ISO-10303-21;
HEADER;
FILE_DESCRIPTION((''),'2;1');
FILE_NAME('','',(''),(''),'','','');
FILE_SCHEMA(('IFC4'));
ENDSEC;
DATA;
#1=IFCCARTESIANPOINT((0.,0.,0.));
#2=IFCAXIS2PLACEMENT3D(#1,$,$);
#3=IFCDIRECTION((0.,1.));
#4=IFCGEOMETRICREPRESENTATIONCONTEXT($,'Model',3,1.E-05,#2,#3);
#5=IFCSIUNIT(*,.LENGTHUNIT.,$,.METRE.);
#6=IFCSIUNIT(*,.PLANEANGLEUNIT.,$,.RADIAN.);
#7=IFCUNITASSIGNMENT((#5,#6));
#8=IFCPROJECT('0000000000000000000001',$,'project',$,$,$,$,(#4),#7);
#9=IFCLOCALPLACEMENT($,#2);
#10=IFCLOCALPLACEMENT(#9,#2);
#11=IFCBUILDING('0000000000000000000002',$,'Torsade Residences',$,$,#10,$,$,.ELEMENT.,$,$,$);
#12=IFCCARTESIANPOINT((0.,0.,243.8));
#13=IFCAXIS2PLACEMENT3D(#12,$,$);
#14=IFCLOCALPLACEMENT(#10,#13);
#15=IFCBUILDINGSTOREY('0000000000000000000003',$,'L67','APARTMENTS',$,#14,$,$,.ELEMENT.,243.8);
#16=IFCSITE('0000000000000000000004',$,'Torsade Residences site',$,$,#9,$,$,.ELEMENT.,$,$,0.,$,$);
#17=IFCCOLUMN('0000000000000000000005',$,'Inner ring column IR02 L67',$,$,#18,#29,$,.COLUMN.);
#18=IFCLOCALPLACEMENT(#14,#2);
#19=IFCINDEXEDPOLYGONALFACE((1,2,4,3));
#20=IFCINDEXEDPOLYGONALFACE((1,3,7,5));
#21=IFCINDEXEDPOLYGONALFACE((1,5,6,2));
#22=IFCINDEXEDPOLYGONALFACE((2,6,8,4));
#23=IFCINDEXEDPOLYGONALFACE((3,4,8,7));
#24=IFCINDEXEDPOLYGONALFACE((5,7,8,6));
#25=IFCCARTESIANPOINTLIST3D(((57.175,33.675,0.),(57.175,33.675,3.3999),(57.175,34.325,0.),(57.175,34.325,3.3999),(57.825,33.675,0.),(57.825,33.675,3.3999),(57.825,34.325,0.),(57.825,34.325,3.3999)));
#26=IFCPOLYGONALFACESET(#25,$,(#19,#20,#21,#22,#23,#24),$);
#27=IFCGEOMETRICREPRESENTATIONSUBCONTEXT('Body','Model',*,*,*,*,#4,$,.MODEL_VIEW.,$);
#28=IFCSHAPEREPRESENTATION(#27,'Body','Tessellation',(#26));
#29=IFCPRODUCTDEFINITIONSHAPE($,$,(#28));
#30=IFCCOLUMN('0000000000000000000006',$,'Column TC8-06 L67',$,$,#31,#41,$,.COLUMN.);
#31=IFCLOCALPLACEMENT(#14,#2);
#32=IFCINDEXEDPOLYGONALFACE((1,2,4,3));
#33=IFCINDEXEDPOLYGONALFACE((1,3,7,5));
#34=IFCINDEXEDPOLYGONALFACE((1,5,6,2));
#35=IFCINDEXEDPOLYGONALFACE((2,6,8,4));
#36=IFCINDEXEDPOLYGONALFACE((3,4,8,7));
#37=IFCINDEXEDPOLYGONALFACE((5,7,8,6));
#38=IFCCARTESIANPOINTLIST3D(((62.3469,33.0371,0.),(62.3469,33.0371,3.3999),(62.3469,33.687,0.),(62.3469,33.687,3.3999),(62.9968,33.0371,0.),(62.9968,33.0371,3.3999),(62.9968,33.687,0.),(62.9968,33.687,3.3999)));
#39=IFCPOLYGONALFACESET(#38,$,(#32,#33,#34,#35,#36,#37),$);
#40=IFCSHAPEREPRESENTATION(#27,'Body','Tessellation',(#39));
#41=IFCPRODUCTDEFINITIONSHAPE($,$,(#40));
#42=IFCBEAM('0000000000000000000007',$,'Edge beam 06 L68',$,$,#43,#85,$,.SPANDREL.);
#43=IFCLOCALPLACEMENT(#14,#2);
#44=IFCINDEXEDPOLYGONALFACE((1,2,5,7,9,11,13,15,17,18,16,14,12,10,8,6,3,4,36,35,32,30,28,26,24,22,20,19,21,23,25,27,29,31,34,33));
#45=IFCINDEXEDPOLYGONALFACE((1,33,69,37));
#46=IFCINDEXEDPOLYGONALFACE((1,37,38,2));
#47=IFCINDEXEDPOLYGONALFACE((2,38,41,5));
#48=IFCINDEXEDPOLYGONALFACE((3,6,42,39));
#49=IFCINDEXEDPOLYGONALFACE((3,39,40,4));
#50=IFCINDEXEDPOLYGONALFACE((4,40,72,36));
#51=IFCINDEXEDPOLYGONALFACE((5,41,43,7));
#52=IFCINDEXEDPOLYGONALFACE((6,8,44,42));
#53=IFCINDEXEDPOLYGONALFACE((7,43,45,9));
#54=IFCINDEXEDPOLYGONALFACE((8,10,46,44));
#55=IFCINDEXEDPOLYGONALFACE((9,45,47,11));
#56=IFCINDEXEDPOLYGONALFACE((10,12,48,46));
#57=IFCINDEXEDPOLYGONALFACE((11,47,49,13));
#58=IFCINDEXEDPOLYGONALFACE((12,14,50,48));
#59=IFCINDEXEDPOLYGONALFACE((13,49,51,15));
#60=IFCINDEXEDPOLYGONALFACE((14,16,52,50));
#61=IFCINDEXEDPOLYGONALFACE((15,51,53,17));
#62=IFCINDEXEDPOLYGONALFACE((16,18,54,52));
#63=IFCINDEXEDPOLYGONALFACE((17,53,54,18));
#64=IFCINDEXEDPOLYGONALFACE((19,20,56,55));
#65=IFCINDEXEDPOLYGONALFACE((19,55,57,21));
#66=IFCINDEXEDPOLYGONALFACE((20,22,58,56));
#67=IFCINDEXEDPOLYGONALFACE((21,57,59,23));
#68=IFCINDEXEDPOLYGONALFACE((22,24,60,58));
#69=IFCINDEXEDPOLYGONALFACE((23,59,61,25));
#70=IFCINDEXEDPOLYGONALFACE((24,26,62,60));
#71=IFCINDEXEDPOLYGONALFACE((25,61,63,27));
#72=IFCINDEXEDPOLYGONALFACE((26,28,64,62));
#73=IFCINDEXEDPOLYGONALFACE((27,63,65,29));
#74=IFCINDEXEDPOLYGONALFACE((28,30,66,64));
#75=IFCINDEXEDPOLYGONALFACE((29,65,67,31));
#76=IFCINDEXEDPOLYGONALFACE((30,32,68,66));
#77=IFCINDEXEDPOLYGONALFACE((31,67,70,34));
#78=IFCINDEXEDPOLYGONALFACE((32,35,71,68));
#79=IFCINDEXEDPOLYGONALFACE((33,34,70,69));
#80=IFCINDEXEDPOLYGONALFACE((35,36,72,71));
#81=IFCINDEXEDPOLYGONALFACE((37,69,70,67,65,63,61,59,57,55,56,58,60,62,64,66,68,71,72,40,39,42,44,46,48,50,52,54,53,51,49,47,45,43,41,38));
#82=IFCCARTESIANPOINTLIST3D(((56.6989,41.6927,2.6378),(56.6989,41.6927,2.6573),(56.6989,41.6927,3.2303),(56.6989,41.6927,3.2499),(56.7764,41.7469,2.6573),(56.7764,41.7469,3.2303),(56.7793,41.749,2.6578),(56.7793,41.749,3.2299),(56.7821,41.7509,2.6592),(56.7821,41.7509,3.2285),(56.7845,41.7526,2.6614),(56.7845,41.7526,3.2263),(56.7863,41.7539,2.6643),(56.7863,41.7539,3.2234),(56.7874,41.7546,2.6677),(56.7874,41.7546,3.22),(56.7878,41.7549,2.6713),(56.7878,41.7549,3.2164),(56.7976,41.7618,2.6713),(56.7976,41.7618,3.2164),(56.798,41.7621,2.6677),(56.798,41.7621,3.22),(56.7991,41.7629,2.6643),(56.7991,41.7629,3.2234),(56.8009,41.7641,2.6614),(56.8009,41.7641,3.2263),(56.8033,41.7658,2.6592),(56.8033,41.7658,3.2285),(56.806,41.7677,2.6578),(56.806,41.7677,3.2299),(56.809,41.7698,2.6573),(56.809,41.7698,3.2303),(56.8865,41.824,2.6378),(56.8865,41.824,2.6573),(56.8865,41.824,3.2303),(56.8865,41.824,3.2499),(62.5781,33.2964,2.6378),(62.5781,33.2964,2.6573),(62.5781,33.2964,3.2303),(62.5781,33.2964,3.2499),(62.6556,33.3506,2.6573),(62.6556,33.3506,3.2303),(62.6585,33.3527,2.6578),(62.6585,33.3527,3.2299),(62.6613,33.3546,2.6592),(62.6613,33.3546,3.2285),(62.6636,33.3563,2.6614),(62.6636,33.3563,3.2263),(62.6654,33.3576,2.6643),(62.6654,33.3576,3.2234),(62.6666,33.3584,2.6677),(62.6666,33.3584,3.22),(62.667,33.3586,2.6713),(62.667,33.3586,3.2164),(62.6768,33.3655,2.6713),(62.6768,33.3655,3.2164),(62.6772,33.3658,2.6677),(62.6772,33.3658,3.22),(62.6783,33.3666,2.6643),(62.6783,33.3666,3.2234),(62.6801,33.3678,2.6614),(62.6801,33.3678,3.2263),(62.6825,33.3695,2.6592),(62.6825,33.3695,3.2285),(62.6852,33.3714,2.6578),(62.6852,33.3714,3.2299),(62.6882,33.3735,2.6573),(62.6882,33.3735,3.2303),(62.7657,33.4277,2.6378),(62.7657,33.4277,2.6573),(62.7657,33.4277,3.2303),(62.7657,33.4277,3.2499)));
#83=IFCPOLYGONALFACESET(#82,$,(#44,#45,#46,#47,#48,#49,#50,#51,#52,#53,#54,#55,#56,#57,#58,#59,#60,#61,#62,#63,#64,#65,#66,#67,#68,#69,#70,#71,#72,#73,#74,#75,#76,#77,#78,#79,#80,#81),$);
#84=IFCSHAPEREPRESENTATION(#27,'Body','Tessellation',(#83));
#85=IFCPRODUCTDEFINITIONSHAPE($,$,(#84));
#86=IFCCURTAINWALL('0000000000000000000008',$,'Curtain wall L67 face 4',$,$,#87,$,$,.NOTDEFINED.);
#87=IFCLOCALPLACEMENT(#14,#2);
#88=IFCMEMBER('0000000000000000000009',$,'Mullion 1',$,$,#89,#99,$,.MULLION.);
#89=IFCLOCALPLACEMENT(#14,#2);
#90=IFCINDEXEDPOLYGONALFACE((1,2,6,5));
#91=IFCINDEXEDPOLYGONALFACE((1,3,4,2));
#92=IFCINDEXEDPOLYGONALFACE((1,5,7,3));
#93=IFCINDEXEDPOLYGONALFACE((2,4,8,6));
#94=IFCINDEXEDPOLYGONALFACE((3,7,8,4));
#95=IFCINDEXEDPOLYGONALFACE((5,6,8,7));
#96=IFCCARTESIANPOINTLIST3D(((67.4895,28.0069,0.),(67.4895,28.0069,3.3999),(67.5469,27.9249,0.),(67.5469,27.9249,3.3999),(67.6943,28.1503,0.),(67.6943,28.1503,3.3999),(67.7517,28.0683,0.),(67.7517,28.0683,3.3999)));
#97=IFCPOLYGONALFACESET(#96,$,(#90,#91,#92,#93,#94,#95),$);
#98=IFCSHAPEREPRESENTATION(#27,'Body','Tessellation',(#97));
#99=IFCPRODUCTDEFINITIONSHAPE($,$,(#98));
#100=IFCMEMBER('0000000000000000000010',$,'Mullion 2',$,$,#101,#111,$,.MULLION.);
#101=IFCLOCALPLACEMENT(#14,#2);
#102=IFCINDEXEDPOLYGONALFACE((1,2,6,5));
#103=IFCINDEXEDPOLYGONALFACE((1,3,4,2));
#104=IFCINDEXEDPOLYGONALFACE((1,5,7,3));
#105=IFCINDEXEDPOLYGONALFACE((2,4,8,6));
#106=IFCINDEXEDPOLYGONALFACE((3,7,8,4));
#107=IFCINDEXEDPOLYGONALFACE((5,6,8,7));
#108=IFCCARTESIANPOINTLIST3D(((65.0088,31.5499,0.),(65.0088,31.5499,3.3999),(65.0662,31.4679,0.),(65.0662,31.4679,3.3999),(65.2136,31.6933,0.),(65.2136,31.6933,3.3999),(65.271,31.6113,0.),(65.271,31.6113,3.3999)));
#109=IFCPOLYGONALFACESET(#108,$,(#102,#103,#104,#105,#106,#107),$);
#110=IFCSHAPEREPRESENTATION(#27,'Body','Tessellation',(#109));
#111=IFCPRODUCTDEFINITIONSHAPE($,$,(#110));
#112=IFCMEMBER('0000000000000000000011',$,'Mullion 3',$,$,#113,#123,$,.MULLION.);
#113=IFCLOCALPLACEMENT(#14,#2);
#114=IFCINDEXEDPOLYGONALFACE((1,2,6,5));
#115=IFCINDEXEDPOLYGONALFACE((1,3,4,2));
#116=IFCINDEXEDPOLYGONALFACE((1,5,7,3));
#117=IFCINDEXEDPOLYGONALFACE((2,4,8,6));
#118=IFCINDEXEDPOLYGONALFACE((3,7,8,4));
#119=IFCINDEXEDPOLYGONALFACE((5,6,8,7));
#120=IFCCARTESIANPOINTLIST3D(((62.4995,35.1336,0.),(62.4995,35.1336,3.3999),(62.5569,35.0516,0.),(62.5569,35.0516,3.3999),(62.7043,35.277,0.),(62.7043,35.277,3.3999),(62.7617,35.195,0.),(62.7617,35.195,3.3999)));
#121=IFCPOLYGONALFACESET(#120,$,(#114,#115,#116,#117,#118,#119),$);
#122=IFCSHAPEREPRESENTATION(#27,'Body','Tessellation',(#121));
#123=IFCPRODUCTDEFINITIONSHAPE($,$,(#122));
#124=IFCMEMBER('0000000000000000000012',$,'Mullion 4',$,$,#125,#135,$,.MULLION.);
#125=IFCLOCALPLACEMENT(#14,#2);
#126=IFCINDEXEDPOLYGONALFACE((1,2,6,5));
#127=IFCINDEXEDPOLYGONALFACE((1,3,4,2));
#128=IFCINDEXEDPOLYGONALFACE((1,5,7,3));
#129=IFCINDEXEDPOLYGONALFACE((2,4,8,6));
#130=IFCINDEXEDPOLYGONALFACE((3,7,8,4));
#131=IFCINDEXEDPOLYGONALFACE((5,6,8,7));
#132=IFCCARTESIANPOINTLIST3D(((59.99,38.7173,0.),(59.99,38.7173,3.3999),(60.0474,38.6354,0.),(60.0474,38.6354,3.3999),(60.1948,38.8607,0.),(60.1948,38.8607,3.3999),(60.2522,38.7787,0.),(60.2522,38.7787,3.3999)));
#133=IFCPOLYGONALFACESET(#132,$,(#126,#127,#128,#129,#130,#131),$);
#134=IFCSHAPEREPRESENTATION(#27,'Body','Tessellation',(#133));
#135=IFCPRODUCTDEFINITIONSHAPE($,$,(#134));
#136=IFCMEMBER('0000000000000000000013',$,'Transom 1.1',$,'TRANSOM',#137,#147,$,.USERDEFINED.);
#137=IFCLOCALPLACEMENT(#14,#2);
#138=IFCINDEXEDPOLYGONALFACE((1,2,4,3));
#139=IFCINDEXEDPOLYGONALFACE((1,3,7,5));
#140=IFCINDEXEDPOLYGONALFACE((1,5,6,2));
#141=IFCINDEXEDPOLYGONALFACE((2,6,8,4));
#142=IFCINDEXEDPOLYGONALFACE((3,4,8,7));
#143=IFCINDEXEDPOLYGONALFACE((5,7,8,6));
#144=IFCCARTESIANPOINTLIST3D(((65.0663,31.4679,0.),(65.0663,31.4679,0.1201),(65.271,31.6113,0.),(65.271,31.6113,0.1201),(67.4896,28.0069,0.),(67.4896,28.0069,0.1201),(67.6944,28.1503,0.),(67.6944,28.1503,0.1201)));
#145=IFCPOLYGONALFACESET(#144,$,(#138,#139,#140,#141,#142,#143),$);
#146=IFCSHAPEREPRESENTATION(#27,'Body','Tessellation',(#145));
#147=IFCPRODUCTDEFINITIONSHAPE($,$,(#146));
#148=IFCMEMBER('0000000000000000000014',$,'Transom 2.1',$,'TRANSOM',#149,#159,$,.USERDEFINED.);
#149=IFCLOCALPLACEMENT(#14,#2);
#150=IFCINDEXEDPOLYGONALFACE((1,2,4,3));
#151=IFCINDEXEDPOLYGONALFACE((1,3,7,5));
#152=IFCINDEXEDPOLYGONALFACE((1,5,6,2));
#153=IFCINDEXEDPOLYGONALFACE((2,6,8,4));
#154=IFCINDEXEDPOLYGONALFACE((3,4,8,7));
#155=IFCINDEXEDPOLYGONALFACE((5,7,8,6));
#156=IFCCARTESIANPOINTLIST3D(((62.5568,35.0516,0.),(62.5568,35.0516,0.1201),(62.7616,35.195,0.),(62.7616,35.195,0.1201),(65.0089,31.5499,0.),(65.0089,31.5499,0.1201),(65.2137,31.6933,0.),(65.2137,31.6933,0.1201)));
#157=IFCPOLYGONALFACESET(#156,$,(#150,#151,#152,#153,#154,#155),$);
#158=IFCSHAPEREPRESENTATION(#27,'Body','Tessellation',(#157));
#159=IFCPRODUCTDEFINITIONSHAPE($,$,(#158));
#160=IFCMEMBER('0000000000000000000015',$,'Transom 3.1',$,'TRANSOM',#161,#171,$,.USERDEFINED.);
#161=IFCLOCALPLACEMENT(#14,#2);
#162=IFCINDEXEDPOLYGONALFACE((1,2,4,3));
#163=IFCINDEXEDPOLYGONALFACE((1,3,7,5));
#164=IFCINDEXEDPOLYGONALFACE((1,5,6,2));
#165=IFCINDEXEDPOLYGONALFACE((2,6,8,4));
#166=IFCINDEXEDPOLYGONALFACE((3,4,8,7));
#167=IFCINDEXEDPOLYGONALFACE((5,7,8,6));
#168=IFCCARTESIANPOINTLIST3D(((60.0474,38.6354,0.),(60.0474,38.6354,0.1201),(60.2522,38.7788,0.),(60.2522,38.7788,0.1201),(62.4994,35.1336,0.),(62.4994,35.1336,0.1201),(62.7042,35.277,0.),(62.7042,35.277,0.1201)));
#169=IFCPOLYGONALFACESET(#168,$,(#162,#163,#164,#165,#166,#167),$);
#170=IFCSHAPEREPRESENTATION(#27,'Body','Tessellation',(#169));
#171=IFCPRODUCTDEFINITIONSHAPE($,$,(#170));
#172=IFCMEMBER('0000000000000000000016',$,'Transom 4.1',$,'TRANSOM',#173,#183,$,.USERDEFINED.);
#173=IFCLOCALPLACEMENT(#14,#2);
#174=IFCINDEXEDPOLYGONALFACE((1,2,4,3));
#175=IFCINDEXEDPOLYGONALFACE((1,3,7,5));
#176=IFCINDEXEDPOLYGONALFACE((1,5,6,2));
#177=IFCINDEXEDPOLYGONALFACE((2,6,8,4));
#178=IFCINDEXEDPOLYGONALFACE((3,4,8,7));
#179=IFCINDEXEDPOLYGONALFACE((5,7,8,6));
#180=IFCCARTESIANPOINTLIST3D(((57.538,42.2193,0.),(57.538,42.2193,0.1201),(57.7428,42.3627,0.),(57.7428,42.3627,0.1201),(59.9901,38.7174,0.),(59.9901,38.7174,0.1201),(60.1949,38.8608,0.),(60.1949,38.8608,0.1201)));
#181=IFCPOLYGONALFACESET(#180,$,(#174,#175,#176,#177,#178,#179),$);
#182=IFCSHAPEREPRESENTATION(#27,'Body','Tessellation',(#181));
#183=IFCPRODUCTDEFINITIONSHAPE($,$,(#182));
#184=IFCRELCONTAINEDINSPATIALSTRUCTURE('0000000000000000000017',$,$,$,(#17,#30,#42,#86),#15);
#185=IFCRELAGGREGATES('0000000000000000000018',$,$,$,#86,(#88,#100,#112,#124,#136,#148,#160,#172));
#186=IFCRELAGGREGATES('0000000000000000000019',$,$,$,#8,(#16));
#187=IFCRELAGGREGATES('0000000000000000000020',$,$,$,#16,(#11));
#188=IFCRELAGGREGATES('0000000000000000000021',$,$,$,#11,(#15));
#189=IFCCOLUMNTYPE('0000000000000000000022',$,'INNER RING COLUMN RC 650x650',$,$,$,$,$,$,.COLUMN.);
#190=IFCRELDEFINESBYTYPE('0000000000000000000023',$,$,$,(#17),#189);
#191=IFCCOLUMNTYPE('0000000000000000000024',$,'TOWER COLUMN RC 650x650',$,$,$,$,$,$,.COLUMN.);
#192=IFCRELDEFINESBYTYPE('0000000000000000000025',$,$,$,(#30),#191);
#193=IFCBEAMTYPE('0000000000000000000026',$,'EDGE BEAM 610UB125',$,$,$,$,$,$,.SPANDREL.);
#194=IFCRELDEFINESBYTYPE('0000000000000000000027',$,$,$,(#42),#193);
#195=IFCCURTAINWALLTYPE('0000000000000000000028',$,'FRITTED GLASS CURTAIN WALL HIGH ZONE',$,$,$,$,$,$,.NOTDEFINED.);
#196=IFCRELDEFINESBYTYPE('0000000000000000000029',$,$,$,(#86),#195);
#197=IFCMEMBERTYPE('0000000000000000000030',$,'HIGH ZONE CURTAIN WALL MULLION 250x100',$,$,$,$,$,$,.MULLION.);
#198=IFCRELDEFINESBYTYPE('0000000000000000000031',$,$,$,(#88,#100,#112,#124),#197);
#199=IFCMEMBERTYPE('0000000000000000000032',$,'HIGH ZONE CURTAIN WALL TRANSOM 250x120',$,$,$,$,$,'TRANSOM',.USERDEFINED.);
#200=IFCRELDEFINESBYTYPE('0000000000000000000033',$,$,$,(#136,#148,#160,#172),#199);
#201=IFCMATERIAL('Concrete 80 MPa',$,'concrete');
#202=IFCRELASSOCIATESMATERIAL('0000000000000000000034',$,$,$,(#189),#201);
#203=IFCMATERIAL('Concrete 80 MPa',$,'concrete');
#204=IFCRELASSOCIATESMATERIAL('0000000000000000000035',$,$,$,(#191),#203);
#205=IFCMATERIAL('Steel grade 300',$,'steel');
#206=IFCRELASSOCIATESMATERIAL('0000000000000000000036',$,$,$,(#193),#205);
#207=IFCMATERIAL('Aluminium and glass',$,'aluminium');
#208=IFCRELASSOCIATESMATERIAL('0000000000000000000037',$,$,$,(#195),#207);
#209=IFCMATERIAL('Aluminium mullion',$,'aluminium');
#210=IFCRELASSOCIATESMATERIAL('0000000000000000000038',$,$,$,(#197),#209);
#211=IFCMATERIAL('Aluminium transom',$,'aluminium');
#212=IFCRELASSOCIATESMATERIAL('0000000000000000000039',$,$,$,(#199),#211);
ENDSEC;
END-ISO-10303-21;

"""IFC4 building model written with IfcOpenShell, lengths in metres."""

from ifc_helpers import new_model, si_unit, direction, frame, origin, origin_2d, place, context, subcontext, project, spatial, rectangle, i_section, extrude, material, material_profile, profile_set, type_object, element, aggregate, save


model = new_model("IFC4")

# Units and contexts
model_context = context("Model", 3, precision=1e-05, world=origin(), true_north=direction((0.0, 1.0)))
body_context = subcontext(model_context, "Body", "Model", "MODEL_VIEW")
ifc_project = project(units=[si_unit("LENGTHUNIT", "METRE"), si_unit("PLANEANGLEUNIT", "RADIAN")], contexts=[model_context])

# Site, building, storey
site_placement = place(None, origin())
site = spatial("IfcSite", under=ifc_project, at=site_placement, Name="Torsade Residences site", CompositionType="ELEMENT", RefElevation=0.0)
building_placement = place(site_placement, origin())
building = spatial("IfcBuilding", under=site, at=building_placement, Name="Torsade Residences", CompositionType="ELEMENT")
storey_placement = place(building_placement, frame((0.0, 0.0, 243.8)))
storey = spatial("IfcBuildingStorey", under=building, at=storey_placement, Name="L67", Description="APARTMENTS", CompositionType="ELEMENT", Elevation=243.8)

# Columns
ifc_material_1 = material(Name="Concrete 80 MPa", Category="concrete")
ifc_material_profile_1 = material_profile(ifc_material_1, rectangle(XDim=0.6499, YDim=0.6499, at=origin_2d()), Name="RC 650x650")
ifc_profile_set_1 = profile_set([ifc_material_profile_1], Name="Concrete 80 MPa")
column_type_1 = type_object("IfcColumnType", Name="INNER RING COLUMN RC 650x650", PredefinedType="COLUMN", material=ifc_profile_set_1)
column_1_placement = place(storey_placement, frame((57.5, 34.0, 0.0), z_axis=(0.0, 0.0, 1.0), x_axis=(1.0, 0.0, 0.0)))
element("IfcColumn", 1, at=column_1_placement, inside=storey, type_object=column_type_1, Name="Inner ring column IR02 L67", PredefinedType="COLUMN", context=body_context, shape_type="SweptSolid", body=[
    extrude(rectangle(XDim=0.6499, YDim=0.6499, at=origin_2d()), origin(), (0.0, 0.0, 1.0), 3.3999),
])
ifc_material_2 = material(Name="Concrete 80 MPa", Category="concrete")
ifc_material_profile_2 = material_profile(ifc_material_2, rectangle(XDim=0.6499, YDim=0.6499, at=origin_2d()), Name="RC 650x650")
ifc_profile_set_2 = profile_set([ifc_material_profile_2], Name="Concrete 80 MPa")
column_type_2 = type_object("IfcColumnType", Name="TOWER COLUMN RC 650x650", PredefinedType="COLUMN", material=ifc_profile_set_2)
column_2_placement = place(storey_placement, frame((62.6719, 33.3621, 0.0), z_axis=(0.0, 0.0, 1.0), x_axis=(1.0, 0.0, 0.0)))
element("IfcColumn", 2, at=column_2_placement, inside=storey, type_object=column_type_2, Name="Column TC8-06 L67", PredefinedType="COLUMN", context=body_context, shape_type="SweptSolid", body=[
    extrude(rectangle(XDim=0.6499, YDim=0.6499, at=origin_2d()), origin(), (0.0, 0.0, 1.0), 3.3999),
])

# Beam
ifc_material_3 = material(Name="Steel grade 300", Category="steel")
ifc_material_profile_3 = material_profile(ifc_material_3, i_section(OverallWidth=0.229, OverallDepth=0.6121, WebThickness=0.012, FlangeThickness=0.0195, FilletRadius=0.0139, at=origin_2d()), Name="610UB125")
ifc_profile_set_3 = profile_set([ifc_material_profile_3], Name="Steel grade 300")
beam_type_1 = type_object("IfcBeamType", Name="EDGE BEAM 610UB125", PredefinedType="SPANDREL", material=ifc_profile_set_3)
beam_1_placement = place(storey_placement, frame((62.6719, 33.3621, 2.9438), z_axis=(-0.573579, 0.81915, 0.0), x_axis=(-0.81915, -0.573579, 0.0)))
element("IfcBeam", 3, at=beam_1_placement, inside=storey, type_object=beam_type_1, Name="Edge beam 06 L68", PredefinedType="SPANDREL", context=body_context, shape_type="SweptSolid", body=[
    extrude(i_section(OverallWidth=0.229, OverallDepth=0.6121, WebThickness=0.012, FlangeThickness=0.0195, FilletRadius=0.0139, at=origin_2d()), origin(), (0.0, 0.0, 1.0), 10.25),
])

# Curtain wall, members
ifc_material_4 = material(Name="Aluminium and glass", Category="aluminium")
curtain_wall_type = type_object("IfcCurtainWallType", Name="FRITTED GLASS CURTAIN WALL HIGH ZONE", PredefinedType="NOTDEFINED", material=ifc_material_4)
curtain_wall_placement = place(storey_placement, origin())
curtain_wall = element("IfcCurtainWall", 4, at=curtain_wall_placement, inside=storey, type_object=curtain_wall_type, Name="Curtain wall L67 face 4", PredefinedType="NOTDEFINED")
ifc_material_5 = material(Name="Aluminium mullion", Category="aluminium")
ifc_material_profile_4 = material_profile(ifc_material_5, rectangle(XDim=0.25, YDim=0.1001, at=origin_2d()), Name="HIGH ZONE CURTAIN WALL MULLION 250x100")
ifc_profile_set_4 = profile_set([ifc_material_profile_4], Name="Aluminium mullion")
member_type_1 = type_object("IfcMemberType", Name="HIGH ZONE CURTAIN WALL MULLION 250x100", PredefinedType="MULLION", material=ifc_profile_set_4)
member_1_placement = place(storey_placement, frame((67.6206, 28.0376, 0.0), z_axis=(0.0, 0.0, 1.0), x_axis=(-0.819152, -0.573576, 0.0)))
member_1 = element("IfcMember", 5, at=member_1_placement, type_object=member_type_1, Name="Mullion 1", PredefinedType="MULLION", context=body_context, shape_type="SweptSolid", body=[
    extrude(rectangle(XDim=0.25, YDim=0.1001, at=origin_2d()), origin(), (0.0, 0.0, 1.0), 3.3999),
])
member_2_placement = place(storey_placement, frame((65.1399, 31.5806, 0.0), z_axis=(0.0, 0.0, 1.0), x_axis=(-0.819152, -0.573576, 0.0)))
member_2 = element("IfcMember", 6, at=member_2_placement, type_object=member_type_1, Name="Mullion 2", PredefinedType="MULLION", context=body_context, shape_type="SweptSolid", body=[
    extrude(rectangle(XDim=0.25, YDim=0.1001, at=origin_2d()), origin(), (0.0, 0.0, 1.0), 3.3999),
])
member_3_placement = place(storey_placement, frame((62.6306, 35.1643, 0.0), z_axis=(0.0, 0.0, 1.0), x_axis=(-0.819152, -0.573576, 0.0)))
member_3 = element("IfcMember", 7, at=member_3_placement, type_object=member_type_1, Name="Mullion 3", PredefinedType="MULLION", context=body_context, shape_type="SweptSolid", body=[
    extrude(rectangle(XDim=0.25, YDim=0.1001, at=origin_2d()), origin(), (0.0, 0.0, 1.0), 3.3999),
])
member_4_placement = place(storey_placement, frame((60.1211, 38.748, 0.0), z_axis=(0.0, 0.0, 1.0), x_axis=(-0.819152, -0.573576, 0.0)))
member_4 = element("IfcMember", 8, at=member_4_placement, type_object=member_type_1, Name="Mullion 4", PredefinedType="MULLION", context=body_context, shape_type="SweptSolid", body=[
    extrude(rectangle(XDim=0.25, YDim=0.1001, at=origin_2d()), origin(), (0.0, 0.0, 1.0), 3.3999),
])
ifc_material_6 = material(Name="Aluminium transom", Category="aluminium")
ifc_material_profile_5 = material_profile(ifc_material_6, rectangle(XDim=0.25, YDim=0.1201, at=origin_2d()), Name="HIGH ZONE CURTAIN WALL TRANSOM 250x120")
ifc_profile_set_5 = profile_set([ifc_material_profile_5], Name="Aluminium transom")
member_type_2 = type_object("IfcMemberType", Name="HIGH ZONE CURTAIN WALL TRANSOM 250x120", ElementType="TRANSOM", PredefinedType="USERDEFINED", material=ifc_profile_set_5)
member_5_placement = place(storey_placement, frame((67.592, 28.0786, 0.0601), z_axis=(-0.573571, 0.819156, 0.0), x_axis=(-0.819156, -0.573571, 0.0)))
member_5 = element("IfcMember", 9, at=member_5_placement, type_object=member_type_2, Name="Transom 1.1", ObjectType="TRANSOM", PredefinedType="USERDEFINED", context=body_context, shape_type="SweptSolid", body=[
    extrude(rectangle(XDim=0.25, YDim=0.1201, at=origin_2d()), origin(), (0.0, 0.0, 1.0), 4.2251),
])
member_6_placement = place(storey_placement, frame((65.1113, 31.6216, 0.0601), z_axis=(-0.573612, 0.819127, 0.0), x_axis=(-0.819127, -0.573612, 0.0)))
member_6 = element("IfcMember", 10, at=member_6_placement, type_object=member_type_2, Name="Transom 2.1", ObjectType="TRANSOM", PredefinedType="USERDEFINED", context=body_context, shape_type="SweptSolid", body=[
    extrude(rectangle(XDim=0.25, YDim=0.1201, at=origin_2d()), origin(), (0.0, 0.0, 1.0), 4.2749),
])
member_7_placement = place(storey_placement, frame((62.6018, 35.2053, 0.0601), z_axis=(-0.573573, 0.819154, 0.0), x_axis=(-0.819154, -0.573573, 0.0)))
member_7 = element("IfcMember", 11, at=member_7_placement, type_object=member_type_2, Name="Transom 3.1", ObjectType="TRANSOM", PredefinedType="USERDEFINED", context=body_context, shape_type="SweptSolid", body=[
    extrude(rectangle(XDim=0.25, YDim=0.1201, at=origin_2d()), origin(), (0.0, 0.0, 1.0), 4.2749),
])
member_8_placement = place(storey_placement, frame((60.0925, 38.7891, 0.0601), z_axis=(-0.573585, 0.819146, 0.0), x_axis=(-0.819146, -0.573585, 0.0)))
member_8 = element("IfcMember", 12, at=member_8_placement, type_object=member_type_2, Name="Transom 4.1", ObjectType="TRANSOM", PredefinedType="USERDEFINED", context=body_context, shape_type="SweptSolid", body=[
    extrude(rectangle(XDim=0.25, YDim=0.1201, at=origin_2d()), origin(), (0.0, 0.0, 1.0), 4.2751),
])

aggregate(curtain_wall, [member_1, member_2, member_3, member_4, member_5, member_6, member_7, member_8])

save(model, "model.ifc")
